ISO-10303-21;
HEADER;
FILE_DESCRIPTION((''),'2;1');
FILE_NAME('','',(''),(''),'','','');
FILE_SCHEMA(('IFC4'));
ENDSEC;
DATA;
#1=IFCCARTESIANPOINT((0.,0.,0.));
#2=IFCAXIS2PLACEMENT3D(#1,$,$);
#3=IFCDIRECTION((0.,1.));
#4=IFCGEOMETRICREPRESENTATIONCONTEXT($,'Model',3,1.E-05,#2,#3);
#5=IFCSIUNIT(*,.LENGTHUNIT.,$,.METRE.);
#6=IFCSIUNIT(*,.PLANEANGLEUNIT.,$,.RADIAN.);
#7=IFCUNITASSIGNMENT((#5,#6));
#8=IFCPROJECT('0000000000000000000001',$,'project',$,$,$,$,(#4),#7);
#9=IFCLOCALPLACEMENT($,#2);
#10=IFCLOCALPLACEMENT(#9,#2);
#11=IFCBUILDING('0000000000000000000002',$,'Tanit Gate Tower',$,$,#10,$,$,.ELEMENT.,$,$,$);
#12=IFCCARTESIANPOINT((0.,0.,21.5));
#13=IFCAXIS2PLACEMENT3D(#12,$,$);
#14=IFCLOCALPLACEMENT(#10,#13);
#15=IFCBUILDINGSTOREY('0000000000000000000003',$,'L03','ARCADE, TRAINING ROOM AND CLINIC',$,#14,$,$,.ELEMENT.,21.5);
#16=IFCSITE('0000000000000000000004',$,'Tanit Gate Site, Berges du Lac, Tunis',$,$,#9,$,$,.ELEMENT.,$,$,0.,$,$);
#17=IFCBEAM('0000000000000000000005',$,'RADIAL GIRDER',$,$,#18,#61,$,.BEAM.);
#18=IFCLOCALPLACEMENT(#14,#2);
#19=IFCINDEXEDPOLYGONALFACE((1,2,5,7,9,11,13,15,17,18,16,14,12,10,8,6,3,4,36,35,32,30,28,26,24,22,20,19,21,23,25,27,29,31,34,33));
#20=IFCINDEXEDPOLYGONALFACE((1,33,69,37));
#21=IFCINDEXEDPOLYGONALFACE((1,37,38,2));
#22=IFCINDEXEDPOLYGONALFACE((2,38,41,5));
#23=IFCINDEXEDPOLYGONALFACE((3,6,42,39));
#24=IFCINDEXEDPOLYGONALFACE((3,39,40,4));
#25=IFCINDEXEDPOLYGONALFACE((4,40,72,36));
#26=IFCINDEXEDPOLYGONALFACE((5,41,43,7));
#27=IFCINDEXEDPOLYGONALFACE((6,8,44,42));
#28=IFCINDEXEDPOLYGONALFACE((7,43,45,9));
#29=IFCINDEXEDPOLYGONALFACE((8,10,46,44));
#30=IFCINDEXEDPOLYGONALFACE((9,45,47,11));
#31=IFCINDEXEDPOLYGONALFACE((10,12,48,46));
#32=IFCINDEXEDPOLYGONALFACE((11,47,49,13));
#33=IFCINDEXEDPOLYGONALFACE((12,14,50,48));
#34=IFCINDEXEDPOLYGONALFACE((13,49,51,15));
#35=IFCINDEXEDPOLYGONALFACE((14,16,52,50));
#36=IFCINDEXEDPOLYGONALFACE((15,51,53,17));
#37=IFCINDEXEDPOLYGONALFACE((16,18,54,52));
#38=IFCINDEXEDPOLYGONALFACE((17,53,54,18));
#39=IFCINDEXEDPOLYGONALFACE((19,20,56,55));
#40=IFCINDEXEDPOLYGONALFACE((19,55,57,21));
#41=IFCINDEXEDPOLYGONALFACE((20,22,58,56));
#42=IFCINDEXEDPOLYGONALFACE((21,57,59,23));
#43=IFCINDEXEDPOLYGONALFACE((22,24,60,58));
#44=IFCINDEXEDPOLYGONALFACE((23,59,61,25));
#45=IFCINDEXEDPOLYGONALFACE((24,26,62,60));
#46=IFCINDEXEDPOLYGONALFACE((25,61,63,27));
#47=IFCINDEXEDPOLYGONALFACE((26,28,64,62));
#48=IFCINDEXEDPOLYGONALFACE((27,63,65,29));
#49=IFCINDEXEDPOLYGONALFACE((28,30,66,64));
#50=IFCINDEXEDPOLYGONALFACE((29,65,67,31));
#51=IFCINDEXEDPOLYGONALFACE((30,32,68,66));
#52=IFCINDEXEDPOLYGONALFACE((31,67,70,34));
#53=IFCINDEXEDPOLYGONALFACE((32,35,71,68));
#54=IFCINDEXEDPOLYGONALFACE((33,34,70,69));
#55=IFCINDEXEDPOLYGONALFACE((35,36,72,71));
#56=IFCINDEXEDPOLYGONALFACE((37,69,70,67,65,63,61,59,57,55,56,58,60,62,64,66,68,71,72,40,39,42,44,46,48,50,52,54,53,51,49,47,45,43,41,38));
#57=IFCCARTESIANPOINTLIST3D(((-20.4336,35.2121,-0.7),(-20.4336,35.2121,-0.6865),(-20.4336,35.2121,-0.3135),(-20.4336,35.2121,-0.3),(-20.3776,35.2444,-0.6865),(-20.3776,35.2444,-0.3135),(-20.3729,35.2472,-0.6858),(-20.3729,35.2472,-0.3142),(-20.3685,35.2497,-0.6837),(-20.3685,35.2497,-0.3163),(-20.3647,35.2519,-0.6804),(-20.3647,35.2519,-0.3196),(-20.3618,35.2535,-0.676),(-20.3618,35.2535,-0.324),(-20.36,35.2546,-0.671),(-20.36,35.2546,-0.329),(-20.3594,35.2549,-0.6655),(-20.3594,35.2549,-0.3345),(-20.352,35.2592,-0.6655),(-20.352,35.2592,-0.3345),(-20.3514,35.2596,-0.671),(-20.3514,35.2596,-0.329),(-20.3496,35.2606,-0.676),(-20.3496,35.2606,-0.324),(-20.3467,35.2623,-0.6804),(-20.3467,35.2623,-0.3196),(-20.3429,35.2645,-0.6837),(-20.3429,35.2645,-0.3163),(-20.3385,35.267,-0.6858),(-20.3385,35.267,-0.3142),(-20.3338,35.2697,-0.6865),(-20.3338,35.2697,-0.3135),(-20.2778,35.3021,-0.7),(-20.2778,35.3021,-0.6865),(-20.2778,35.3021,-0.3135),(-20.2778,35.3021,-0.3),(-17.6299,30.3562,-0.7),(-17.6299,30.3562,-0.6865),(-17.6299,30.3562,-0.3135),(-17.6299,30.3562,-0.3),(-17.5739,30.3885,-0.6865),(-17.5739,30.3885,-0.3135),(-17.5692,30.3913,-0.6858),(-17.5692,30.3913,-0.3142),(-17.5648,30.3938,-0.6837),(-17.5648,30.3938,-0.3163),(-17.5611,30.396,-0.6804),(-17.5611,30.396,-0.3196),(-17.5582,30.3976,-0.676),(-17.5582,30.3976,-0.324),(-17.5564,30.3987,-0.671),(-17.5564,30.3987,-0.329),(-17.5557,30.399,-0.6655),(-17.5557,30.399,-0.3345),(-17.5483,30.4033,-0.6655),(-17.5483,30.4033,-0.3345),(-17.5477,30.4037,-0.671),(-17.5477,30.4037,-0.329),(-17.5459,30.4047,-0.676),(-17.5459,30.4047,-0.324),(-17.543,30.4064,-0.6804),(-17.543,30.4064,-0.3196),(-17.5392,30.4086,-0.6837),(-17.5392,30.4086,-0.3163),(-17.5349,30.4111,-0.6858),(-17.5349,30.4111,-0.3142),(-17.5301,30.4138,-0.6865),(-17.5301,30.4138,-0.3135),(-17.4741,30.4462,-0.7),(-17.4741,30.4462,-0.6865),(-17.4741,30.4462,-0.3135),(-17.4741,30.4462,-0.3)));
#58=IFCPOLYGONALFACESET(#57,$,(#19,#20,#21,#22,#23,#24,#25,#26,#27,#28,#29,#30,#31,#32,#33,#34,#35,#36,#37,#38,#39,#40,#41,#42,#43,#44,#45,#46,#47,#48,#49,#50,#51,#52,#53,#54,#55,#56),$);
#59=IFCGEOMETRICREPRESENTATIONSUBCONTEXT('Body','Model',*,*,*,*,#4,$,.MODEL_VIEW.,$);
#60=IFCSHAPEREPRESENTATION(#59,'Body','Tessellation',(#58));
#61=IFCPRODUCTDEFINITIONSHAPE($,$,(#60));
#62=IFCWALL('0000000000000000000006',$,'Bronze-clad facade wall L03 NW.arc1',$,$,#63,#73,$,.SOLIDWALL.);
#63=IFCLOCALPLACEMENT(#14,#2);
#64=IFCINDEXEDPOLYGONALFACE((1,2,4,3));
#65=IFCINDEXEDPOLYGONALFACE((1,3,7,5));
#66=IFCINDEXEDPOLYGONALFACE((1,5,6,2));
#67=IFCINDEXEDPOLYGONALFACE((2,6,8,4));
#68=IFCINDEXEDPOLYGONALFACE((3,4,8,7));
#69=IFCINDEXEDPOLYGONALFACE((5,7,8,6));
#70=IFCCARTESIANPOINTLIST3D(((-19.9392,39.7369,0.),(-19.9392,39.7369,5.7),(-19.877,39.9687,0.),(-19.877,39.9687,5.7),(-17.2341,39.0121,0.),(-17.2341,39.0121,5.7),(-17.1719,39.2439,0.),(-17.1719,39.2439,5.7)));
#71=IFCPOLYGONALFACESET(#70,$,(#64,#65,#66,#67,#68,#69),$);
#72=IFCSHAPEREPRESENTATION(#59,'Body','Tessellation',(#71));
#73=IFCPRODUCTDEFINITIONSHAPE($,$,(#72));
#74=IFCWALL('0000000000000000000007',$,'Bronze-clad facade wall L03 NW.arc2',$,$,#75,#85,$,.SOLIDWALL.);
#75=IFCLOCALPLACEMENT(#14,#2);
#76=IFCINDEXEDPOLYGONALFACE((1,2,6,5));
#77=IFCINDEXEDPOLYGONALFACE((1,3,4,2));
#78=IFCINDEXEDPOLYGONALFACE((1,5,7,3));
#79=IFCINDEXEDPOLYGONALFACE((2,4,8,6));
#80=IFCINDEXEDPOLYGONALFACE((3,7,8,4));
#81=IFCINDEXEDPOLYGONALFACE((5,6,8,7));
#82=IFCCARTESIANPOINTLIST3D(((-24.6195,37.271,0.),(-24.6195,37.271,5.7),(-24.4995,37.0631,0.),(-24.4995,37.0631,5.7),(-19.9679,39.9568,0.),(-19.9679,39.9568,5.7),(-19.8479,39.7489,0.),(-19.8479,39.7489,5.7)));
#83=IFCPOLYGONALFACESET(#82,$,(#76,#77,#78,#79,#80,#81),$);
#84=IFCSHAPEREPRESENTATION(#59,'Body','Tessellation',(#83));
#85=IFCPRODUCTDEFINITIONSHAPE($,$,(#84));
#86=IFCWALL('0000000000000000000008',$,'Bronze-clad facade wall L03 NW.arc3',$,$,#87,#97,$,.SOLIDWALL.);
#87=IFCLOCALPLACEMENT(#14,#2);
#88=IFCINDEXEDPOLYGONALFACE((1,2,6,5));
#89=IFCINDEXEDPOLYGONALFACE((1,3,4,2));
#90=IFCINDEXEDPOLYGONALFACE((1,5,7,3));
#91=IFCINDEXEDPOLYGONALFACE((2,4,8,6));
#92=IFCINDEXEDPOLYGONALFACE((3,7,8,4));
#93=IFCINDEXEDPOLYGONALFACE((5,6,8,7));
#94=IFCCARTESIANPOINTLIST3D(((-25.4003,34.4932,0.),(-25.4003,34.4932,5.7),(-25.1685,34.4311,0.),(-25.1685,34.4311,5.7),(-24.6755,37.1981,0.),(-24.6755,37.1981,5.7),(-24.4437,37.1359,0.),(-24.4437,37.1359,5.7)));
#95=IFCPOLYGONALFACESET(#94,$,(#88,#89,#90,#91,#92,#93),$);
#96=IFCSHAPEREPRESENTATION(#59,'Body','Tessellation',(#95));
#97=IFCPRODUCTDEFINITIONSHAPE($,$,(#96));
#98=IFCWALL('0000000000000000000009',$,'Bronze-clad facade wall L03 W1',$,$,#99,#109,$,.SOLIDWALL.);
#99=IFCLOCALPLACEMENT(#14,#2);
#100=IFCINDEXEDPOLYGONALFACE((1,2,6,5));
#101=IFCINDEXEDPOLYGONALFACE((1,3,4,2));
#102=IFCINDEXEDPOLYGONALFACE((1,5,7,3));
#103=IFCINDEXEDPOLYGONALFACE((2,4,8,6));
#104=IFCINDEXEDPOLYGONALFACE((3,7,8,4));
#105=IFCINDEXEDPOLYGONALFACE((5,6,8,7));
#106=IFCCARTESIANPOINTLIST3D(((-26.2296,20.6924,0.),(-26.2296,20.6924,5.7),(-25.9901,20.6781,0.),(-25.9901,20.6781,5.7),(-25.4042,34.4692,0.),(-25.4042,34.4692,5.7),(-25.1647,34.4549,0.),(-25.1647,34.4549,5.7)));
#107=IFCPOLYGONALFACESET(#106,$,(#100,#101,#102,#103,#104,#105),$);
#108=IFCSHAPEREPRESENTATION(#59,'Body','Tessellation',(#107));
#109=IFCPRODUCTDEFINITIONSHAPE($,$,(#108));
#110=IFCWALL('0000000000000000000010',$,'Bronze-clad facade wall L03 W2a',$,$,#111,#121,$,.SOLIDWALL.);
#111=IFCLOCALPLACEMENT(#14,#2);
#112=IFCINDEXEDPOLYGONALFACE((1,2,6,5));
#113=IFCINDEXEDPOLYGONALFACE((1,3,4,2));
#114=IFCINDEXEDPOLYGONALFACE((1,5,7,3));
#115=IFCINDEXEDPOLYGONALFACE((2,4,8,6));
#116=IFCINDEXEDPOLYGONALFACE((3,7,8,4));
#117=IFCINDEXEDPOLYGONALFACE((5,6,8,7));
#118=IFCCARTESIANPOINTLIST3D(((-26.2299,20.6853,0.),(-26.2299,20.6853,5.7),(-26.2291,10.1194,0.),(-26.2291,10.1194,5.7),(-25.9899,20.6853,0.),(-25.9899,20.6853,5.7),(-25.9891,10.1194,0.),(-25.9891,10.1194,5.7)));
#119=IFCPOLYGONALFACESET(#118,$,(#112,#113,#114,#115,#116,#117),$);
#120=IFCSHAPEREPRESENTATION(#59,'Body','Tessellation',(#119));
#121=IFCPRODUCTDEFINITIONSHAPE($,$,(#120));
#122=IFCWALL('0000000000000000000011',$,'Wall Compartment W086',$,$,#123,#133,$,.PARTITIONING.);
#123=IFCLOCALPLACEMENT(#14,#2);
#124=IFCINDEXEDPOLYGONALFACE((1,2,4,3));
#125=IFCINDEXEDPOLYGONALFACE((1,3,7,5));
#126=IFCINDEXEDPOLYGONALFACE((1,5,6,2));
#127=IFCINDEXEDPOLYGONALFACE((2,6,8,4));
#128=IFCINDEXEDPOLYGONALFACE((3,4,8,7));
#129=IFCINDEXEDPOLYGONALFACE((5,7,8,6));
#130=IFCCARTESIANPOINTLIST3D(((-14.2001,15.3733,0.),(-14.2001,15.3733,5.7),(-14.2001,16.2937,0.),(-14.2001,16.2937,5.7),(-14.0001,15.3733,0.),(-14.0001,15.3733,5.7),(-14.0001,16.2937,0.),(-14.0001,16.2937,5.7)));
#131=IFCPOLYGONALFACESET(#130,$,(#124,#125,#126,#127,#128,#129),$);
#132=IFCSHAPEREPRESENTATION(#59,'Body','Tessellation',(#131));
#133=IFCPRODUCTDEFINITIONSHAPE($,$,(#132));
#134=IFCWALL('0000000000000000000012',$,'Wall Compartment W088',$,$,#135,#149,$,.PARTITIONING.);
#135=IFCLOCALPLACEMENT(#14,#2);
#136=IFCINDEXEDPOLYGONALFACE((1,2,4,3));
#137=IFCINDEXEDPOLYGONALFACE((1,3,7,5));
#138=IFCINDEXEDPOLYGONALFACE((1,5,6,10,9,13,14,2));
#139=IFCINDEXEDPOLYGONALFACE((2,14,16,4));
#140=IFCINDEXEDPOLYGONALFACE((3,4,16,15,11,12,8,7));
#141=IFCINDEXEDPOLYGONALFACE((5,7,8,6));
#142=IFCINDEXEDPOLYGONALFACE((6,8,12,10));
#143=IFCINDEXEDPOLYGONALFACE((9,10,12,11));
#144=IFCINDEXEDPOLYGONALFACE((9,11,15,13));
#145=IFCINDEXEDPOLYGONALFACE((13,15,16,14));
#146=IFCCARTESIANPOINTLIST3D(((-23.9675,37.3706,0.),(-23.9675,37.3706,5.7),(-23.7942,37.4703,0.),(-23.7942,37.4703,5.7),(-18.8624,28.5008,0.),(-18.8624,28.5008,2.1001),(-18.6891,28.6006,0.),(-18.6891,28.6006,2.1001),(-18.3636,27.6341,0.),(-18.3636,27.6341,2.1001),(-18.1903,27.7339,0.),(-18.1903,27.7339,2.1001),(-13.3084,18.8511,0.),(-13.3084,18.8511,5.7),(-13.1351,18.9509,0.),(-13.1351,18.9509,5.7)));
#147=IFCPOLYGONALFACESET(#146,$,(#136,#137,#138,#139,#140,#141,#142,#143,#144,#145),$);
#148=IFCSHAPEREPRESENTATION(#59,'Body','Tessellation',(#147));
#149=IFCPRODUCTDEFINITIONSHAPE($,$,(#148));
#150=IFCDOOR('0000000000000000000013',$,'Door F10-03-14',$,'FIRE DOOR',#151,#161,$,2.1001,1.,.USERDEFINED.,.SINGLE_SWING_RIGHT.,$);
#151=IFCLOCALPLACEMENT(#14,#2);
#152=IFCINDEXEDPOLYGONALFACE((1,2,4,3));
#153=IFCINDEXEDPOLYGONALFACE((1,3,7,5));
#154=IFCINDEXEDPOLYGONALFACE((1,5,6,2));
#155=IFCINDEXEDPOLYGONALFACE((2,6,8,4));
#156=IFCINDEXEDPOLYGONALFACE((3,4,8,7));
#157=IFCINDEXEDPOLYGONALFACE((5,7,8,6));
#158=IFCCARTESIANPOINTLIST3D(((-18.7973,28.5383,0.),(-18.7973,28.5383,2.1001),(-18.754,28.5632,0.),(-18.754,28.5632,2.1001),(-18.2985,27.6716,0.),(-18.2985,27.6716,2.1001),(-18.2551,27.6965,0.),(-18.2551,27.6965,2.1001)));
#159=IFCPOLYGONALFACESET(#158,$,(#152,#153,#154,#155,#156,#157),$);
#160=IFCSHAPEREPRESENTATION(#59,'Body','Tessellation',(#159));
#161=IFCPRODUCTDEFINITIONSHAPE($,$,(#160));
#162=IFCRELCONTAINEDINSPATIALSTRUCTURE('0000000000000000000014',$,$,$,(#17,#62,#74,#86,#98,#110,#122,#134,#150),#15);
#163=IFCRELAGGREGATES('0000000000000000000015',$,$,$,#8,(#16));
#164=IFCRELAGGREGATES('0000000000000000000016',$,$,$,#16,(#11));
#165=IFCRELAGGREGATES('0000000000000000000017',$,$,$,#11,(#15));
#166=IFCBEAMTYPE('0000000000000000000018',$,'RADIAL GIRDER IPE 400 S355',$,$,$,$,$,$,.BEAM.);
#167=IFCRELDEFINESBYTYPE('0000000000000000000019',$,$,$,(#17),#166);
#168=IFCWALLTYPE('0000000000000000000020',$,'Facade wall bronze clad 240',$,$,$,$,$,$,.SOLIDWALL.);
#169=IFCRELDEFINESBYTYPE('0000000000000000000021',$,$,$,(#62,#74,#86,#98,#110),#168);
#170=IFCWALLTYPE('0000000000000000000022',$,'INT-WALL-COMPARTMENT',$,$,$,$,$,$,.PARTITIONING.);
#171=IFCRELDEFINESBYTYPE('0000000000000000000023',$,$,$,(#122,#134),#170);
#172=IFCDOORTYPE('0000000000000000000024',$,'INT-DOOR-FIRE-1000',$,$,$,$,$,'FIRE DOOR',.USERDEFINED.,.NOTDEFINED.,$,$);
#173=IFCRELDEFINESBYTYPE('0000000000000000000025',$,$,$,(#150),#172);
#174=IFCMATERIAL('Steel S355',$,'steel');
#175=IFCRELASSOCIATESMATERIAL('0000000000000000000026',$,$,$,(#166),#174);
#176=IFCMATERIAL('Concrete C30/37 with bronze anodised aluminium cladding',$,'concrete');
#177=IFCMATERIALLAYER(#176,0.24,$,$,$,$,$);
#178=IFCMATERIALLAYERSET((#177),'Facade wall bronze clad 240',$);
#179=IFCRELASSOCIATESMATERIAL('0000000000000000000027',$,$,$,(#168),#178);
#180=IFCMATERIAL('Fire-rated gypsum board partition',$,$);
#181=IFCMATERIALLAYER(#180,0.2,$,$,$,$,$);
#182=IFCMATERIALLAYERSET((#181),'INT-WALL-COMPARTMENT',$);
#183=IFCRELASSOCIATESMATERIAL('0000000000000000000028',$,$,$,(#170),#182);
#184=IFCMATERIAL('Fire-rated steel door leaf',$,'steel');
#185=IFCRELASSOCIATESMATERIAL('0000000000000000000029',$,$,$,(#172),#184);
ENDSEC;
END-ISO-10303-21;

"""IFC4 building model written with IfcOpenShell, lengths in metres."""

from ifc_helpers import new_model, si_unit, direction, frame, frame_2d, origin, origin_2d, place, context, subcontext, project, spatial, rectangle, i_section, extrude, material, layer, layer_set, material_profile, profile_set, type_object, element, fill, save


model = new_model("IFC4")

# Units and contexts
model_context = context("Model", 3, precision=1e-05, world=origin(), true_north=direction((0.0, 1.0)))
body_context = subcontext(model_context, "Body", "Model", "MODEL_VIEW")
ifc_project = project(units=[si_unit("LENGTHUNIT", "METRE"), si_unit("PLANEANGLEUNIT", "RADIAN")], contexts=[model_context])

# Site, building, storey
site_placement = place(None, origin())
site = spatial("IfcSite", under=ifc_project, at=site_placement, Name="Tanit Gate Site, Berges du Lac, Tunis", CompositionType="ELEMENT", RefElevation=0.0)
building_placement = place(site_placement, origin())
building = spatial("IfcBuilding", under=site, at=building_placement, Name="Tanit Gate Tower", CompositionType="ELEMENT")
storey_placement = place(building_placement, frame((0.0, 0.0, 21.5)))
storey = spatial("IfcBuildingStorey", under=building, at=storey_placement, Name="L03", Description="ARCADE, TRAINING ROOM AND CLINIC", CompositionType="ELEMENT", Elevation=21.5)

# Beam
ifc_material_1 = material(Name="Steel S355", Category="steel")
ifc_material_profile_1 = material_profile(ifc_material_1, i_section(OverallWidth=0.1799, OverallDepth=0.3999, WebThickness=0.0085, FlangeThickness=0.0134, FilletRadius=0.021, at=origin_2d()), Name="IPE 400")
ifc_profile_set_1 = profile_set([ifc_material_profile_1], Name="Steel S355")
beam_type_1 = type_object("IfcBeamType", Name="RADIAL GIRDER IPE 400 S355", PredefinedType="BEAM", material=ifc_profile_set_1)
beam_1_placement = place(storey_placement, frame((-20.3557, 35.2571, -0.5), z_axis=(0.500016, -0.866016, 0.0), x_axis=(0.866016, 0.500016, 0.0)))
element("IfcBeam", 1, at=beam_1_placement, inside=storey, type_object=beam_type_1, Name="RADIAL GIRDER", PredefinedType="BEAM", context=body_context, shape_type="SweptSolid", body=[
    extrude(i_section(OverallWidth=0.1799, OverallDepth=0.3999, WebThickness=0.0085, FlangeThickness=0.0134, FilletRadius=0.021, at=origin_2d()), origin(), (0.0, 0.0, 1.0), 5.6072),
])

# Walls
ifc_material_2 = material(Name="Concrete C30/37 with bronze anodised aluminium cladding", Category="concrete")
ifc_layer_1 = layer(ifc_material_2, 0.24)
ifc_layer_set_1 = layer_set([ifc_layer_1], Name="Facade wall bronze clad 240")
wall_type_1 = type_object("IfcWallType", Name="Facade wall bronze clad 240", PredefinedType="SOLIDWALL", material=ifc_layer_set_1)
wall_1_placement = place(storey_placement, frame((-17.2029, 39.1279, 0.0), z_axis=(0.0, 0.0, 1.0), x_axis=(-0.965923, 0.258829, 0.0)))
element("IfcWall", 2, at=wall_1_placement, inside=storey, type_object=wall_type_1, Name="Bronze-clad facade wall L03 NW.arc1", PredefinedType="SOLIDWALL", context=body_context, shape_type="SweptSolid", body=[
    extrude(rectangle(XDim=2.8005, YDim=0.24, at=frame_2d((1.4004, 0.0))), origin(), (0.0, 0.0, 1.0), 5.7),
])
wall_2_placement = place(storey_placement, frame((-19.908, 39.8528, 0.0), z_axis=(0.0, 0.0, 1.0), x_axis=(-0.866011, -0.500025, 0.0)))
element("IfcWall", 3, at=wall_2_placement, inside=storey, type_object=wall_type_1, Name="Bronze-clad facade wall L03 NW.arc2", PredefinedType="SOLIDWALL", context=body_context, shape_type="SweptSolid", body=[
    extrude(rectangle(XDim=5.3713, YDim=0.24, at=frame_2d((2.6855, 0.0))), origin(), (0.0, 0.0, 1.0), 5.7),
])
wall_3_placement = place(storey_placement, frame((-24.5596, 37.167, 0.0), z_axis=(0.0, 0.0, 1.0), x_axis=(-0.258851, -0.965917, 0.0)))
element("IfcWall", 4, at=wall_3_placement, inside=storey, type_object=wall_type_1, Name="Bronze-clad facade wall L03 NW.arc3", PredefinedType="SOLIDWALL", context=body_context, shape_type="SweptSolid", body=[
    extrude(rectangle(XDim=2.8003, YDim=0.24, at=frame_2d((1.4001, 0.0))), origin(), (0.0, 0.0, 1.0), 5.7),
])
wall_4_placement = place(storey_placement, frame((-25.2844, 34.4622, 0.0), z_axis=(0.0, 0.0, 1.0), x_axis=(-0.059808, -0.99821, 0.0)))
element("IfcWall", 5, at=wall_4_placement, inside=storey, type_object=wall_type_1, Name="Bronze-clad facade wall L03 W1", PredefinedType="SOLIDWALL", context=body_context, shape_type="SweptSolid", body=[
    extrude(rectangle(XDim=13.8015, YDim=0.24, at=frame_2d((6.9009, 0.0))), origin(), (0.0, 0.0, 1.0), 5.7),
])
wall_5_placement = place(storey_placement, frame((-26.1099, 20.6853, 0.0), z_axis=(0.0, 0.0, 1.0), x_axis=(0.000069, -1.0, 0.0)))
element("IfcWall", 6, at=wall_5_placement, inside=storey, type_object=wall_type_1, Name="Bronze-clad facade wall L03 W2a", PredefinedType="SOLIDWALL", context=body_context, shape_type="SweptSolid", body=[
    extrude(rectangle(XDim=10.5659, YDim=0.24, at=frame_2d((5.283, 0.0))), origin(), (0.0, 0.0, 1.0), 5.7),
])
ifc_material_3 = material(Name="Fire-rated gypsum board partition")
ifc_layer_2 = layer(ifc_material_3, 0.2)
ifc_layer_set_2 = layer_set([ifc_layer_2], Name="INT-WALL-COMPARTMENT")
wall_type_2 = type_object("IfcWallType", Name="INT-WALL-COMPARTMENT", PredefinedType="PARTITIONING", material=ifc_layer_set_2)
wall_6_placement = place(storey_placement, frame((-14.1001, 16.2937, 0.0), z_axis=(0.0, 0.0, 1.0), x_axis=(0.0, -1.0, 0.0)))
element("IfcWall", 7, at=wall_6_placement, inside=storey, type_object=wall_type_2, Name="Wall Compartment W086", PredefinedType="PARTITIONING", context=body_context, shape_type="SweptSolid", body=[
    extrude(rectangle(XDim=0.9204, YDim=0.2, at=frame_2d((0.4602, 0.0))), origin(), (0.0, 0.0, 1.0), 5.7),
])

# Wall, opening, door
wall_7_placement = place(storey_placement, frame((-13.2217, 18.9009, 0.0), z_axis=(0.0, 0.0, 1.0), x_axis=(-0.498839, 0.866695, 0.0)))
wall_7 = element("IfcWall", 8, at=wall_7_placement, inside=storey, type_object=wall_type_2, Name="Wall Compartment W088", PredefinedType="PARTITIONING", context=body_context, shape_type="SweptSolid", body=[
    extrude(rectangle(XDim=21.3679, YDim=0.2, at=frame_2d((10.6841, 0.0))), origin(), (0.0, 0.0, 1.0), 5.7),
])
opening_1_placement = place(wall_7_placement, frame((10.134, 0.0, 0.0)))
opening_1 = element("IfcOpeningElement", 9, at=opening_1_placement, cuts=wall_7, PredefinedType="OPENING", context=body_context, shape_type="SweptSolid", body=[
    extrude(rectangle(XDim=1.0, YDim=2.1001, at=frame_2d((0.5, 1.05))), frame((0.0, 0.1099, 0.0), z_axis=(0.0, -1.0, 0.0), x_axis=(1.0, 0.0, 0.0)), (0.0, 0.0, 1.0), 0.22),
])
ifc_material_4 = material(Name="Fire-rated steel door leaf", Category="steel")
door_type_1 = type_object("IfcDoorType", Name="INT-DOOR-FIRE-1000", ElementType="FIRE DOOR", OperationType="NOTDEFINED", PredefinedType="USERDEFINED", material=ifc_material_4)
door_1_placement = place(opening_1_placement, origin())
door_1 = element("IfcDoor", 10, at=door_1_placement, inside=storey, type_object=door_type_1, Name="Door F10-03-14", ObjectType="FIRE DOOR", OperationType="SINGLE_SWING_RIGHT", OverallHeight=2.1001, OverallWidth=1.0, PredefinedType="USERDEFINED", context=body_context, shape_type="SweptSolid", body=[
    extrude(rectangle(XDim=1.0, YDim=2.1001, at=frame_2d((0.5, 1.05))), frame((0.0, 0.0249, 0.0), z_axis=(0.0, -1.0, 0.0), x_axis=(1.0, 0.0, 0.0)), (0.0, 0.0, 1.0), 0.05),
])
fill(opening_1, door_1)

save(model, "model.ifc")
